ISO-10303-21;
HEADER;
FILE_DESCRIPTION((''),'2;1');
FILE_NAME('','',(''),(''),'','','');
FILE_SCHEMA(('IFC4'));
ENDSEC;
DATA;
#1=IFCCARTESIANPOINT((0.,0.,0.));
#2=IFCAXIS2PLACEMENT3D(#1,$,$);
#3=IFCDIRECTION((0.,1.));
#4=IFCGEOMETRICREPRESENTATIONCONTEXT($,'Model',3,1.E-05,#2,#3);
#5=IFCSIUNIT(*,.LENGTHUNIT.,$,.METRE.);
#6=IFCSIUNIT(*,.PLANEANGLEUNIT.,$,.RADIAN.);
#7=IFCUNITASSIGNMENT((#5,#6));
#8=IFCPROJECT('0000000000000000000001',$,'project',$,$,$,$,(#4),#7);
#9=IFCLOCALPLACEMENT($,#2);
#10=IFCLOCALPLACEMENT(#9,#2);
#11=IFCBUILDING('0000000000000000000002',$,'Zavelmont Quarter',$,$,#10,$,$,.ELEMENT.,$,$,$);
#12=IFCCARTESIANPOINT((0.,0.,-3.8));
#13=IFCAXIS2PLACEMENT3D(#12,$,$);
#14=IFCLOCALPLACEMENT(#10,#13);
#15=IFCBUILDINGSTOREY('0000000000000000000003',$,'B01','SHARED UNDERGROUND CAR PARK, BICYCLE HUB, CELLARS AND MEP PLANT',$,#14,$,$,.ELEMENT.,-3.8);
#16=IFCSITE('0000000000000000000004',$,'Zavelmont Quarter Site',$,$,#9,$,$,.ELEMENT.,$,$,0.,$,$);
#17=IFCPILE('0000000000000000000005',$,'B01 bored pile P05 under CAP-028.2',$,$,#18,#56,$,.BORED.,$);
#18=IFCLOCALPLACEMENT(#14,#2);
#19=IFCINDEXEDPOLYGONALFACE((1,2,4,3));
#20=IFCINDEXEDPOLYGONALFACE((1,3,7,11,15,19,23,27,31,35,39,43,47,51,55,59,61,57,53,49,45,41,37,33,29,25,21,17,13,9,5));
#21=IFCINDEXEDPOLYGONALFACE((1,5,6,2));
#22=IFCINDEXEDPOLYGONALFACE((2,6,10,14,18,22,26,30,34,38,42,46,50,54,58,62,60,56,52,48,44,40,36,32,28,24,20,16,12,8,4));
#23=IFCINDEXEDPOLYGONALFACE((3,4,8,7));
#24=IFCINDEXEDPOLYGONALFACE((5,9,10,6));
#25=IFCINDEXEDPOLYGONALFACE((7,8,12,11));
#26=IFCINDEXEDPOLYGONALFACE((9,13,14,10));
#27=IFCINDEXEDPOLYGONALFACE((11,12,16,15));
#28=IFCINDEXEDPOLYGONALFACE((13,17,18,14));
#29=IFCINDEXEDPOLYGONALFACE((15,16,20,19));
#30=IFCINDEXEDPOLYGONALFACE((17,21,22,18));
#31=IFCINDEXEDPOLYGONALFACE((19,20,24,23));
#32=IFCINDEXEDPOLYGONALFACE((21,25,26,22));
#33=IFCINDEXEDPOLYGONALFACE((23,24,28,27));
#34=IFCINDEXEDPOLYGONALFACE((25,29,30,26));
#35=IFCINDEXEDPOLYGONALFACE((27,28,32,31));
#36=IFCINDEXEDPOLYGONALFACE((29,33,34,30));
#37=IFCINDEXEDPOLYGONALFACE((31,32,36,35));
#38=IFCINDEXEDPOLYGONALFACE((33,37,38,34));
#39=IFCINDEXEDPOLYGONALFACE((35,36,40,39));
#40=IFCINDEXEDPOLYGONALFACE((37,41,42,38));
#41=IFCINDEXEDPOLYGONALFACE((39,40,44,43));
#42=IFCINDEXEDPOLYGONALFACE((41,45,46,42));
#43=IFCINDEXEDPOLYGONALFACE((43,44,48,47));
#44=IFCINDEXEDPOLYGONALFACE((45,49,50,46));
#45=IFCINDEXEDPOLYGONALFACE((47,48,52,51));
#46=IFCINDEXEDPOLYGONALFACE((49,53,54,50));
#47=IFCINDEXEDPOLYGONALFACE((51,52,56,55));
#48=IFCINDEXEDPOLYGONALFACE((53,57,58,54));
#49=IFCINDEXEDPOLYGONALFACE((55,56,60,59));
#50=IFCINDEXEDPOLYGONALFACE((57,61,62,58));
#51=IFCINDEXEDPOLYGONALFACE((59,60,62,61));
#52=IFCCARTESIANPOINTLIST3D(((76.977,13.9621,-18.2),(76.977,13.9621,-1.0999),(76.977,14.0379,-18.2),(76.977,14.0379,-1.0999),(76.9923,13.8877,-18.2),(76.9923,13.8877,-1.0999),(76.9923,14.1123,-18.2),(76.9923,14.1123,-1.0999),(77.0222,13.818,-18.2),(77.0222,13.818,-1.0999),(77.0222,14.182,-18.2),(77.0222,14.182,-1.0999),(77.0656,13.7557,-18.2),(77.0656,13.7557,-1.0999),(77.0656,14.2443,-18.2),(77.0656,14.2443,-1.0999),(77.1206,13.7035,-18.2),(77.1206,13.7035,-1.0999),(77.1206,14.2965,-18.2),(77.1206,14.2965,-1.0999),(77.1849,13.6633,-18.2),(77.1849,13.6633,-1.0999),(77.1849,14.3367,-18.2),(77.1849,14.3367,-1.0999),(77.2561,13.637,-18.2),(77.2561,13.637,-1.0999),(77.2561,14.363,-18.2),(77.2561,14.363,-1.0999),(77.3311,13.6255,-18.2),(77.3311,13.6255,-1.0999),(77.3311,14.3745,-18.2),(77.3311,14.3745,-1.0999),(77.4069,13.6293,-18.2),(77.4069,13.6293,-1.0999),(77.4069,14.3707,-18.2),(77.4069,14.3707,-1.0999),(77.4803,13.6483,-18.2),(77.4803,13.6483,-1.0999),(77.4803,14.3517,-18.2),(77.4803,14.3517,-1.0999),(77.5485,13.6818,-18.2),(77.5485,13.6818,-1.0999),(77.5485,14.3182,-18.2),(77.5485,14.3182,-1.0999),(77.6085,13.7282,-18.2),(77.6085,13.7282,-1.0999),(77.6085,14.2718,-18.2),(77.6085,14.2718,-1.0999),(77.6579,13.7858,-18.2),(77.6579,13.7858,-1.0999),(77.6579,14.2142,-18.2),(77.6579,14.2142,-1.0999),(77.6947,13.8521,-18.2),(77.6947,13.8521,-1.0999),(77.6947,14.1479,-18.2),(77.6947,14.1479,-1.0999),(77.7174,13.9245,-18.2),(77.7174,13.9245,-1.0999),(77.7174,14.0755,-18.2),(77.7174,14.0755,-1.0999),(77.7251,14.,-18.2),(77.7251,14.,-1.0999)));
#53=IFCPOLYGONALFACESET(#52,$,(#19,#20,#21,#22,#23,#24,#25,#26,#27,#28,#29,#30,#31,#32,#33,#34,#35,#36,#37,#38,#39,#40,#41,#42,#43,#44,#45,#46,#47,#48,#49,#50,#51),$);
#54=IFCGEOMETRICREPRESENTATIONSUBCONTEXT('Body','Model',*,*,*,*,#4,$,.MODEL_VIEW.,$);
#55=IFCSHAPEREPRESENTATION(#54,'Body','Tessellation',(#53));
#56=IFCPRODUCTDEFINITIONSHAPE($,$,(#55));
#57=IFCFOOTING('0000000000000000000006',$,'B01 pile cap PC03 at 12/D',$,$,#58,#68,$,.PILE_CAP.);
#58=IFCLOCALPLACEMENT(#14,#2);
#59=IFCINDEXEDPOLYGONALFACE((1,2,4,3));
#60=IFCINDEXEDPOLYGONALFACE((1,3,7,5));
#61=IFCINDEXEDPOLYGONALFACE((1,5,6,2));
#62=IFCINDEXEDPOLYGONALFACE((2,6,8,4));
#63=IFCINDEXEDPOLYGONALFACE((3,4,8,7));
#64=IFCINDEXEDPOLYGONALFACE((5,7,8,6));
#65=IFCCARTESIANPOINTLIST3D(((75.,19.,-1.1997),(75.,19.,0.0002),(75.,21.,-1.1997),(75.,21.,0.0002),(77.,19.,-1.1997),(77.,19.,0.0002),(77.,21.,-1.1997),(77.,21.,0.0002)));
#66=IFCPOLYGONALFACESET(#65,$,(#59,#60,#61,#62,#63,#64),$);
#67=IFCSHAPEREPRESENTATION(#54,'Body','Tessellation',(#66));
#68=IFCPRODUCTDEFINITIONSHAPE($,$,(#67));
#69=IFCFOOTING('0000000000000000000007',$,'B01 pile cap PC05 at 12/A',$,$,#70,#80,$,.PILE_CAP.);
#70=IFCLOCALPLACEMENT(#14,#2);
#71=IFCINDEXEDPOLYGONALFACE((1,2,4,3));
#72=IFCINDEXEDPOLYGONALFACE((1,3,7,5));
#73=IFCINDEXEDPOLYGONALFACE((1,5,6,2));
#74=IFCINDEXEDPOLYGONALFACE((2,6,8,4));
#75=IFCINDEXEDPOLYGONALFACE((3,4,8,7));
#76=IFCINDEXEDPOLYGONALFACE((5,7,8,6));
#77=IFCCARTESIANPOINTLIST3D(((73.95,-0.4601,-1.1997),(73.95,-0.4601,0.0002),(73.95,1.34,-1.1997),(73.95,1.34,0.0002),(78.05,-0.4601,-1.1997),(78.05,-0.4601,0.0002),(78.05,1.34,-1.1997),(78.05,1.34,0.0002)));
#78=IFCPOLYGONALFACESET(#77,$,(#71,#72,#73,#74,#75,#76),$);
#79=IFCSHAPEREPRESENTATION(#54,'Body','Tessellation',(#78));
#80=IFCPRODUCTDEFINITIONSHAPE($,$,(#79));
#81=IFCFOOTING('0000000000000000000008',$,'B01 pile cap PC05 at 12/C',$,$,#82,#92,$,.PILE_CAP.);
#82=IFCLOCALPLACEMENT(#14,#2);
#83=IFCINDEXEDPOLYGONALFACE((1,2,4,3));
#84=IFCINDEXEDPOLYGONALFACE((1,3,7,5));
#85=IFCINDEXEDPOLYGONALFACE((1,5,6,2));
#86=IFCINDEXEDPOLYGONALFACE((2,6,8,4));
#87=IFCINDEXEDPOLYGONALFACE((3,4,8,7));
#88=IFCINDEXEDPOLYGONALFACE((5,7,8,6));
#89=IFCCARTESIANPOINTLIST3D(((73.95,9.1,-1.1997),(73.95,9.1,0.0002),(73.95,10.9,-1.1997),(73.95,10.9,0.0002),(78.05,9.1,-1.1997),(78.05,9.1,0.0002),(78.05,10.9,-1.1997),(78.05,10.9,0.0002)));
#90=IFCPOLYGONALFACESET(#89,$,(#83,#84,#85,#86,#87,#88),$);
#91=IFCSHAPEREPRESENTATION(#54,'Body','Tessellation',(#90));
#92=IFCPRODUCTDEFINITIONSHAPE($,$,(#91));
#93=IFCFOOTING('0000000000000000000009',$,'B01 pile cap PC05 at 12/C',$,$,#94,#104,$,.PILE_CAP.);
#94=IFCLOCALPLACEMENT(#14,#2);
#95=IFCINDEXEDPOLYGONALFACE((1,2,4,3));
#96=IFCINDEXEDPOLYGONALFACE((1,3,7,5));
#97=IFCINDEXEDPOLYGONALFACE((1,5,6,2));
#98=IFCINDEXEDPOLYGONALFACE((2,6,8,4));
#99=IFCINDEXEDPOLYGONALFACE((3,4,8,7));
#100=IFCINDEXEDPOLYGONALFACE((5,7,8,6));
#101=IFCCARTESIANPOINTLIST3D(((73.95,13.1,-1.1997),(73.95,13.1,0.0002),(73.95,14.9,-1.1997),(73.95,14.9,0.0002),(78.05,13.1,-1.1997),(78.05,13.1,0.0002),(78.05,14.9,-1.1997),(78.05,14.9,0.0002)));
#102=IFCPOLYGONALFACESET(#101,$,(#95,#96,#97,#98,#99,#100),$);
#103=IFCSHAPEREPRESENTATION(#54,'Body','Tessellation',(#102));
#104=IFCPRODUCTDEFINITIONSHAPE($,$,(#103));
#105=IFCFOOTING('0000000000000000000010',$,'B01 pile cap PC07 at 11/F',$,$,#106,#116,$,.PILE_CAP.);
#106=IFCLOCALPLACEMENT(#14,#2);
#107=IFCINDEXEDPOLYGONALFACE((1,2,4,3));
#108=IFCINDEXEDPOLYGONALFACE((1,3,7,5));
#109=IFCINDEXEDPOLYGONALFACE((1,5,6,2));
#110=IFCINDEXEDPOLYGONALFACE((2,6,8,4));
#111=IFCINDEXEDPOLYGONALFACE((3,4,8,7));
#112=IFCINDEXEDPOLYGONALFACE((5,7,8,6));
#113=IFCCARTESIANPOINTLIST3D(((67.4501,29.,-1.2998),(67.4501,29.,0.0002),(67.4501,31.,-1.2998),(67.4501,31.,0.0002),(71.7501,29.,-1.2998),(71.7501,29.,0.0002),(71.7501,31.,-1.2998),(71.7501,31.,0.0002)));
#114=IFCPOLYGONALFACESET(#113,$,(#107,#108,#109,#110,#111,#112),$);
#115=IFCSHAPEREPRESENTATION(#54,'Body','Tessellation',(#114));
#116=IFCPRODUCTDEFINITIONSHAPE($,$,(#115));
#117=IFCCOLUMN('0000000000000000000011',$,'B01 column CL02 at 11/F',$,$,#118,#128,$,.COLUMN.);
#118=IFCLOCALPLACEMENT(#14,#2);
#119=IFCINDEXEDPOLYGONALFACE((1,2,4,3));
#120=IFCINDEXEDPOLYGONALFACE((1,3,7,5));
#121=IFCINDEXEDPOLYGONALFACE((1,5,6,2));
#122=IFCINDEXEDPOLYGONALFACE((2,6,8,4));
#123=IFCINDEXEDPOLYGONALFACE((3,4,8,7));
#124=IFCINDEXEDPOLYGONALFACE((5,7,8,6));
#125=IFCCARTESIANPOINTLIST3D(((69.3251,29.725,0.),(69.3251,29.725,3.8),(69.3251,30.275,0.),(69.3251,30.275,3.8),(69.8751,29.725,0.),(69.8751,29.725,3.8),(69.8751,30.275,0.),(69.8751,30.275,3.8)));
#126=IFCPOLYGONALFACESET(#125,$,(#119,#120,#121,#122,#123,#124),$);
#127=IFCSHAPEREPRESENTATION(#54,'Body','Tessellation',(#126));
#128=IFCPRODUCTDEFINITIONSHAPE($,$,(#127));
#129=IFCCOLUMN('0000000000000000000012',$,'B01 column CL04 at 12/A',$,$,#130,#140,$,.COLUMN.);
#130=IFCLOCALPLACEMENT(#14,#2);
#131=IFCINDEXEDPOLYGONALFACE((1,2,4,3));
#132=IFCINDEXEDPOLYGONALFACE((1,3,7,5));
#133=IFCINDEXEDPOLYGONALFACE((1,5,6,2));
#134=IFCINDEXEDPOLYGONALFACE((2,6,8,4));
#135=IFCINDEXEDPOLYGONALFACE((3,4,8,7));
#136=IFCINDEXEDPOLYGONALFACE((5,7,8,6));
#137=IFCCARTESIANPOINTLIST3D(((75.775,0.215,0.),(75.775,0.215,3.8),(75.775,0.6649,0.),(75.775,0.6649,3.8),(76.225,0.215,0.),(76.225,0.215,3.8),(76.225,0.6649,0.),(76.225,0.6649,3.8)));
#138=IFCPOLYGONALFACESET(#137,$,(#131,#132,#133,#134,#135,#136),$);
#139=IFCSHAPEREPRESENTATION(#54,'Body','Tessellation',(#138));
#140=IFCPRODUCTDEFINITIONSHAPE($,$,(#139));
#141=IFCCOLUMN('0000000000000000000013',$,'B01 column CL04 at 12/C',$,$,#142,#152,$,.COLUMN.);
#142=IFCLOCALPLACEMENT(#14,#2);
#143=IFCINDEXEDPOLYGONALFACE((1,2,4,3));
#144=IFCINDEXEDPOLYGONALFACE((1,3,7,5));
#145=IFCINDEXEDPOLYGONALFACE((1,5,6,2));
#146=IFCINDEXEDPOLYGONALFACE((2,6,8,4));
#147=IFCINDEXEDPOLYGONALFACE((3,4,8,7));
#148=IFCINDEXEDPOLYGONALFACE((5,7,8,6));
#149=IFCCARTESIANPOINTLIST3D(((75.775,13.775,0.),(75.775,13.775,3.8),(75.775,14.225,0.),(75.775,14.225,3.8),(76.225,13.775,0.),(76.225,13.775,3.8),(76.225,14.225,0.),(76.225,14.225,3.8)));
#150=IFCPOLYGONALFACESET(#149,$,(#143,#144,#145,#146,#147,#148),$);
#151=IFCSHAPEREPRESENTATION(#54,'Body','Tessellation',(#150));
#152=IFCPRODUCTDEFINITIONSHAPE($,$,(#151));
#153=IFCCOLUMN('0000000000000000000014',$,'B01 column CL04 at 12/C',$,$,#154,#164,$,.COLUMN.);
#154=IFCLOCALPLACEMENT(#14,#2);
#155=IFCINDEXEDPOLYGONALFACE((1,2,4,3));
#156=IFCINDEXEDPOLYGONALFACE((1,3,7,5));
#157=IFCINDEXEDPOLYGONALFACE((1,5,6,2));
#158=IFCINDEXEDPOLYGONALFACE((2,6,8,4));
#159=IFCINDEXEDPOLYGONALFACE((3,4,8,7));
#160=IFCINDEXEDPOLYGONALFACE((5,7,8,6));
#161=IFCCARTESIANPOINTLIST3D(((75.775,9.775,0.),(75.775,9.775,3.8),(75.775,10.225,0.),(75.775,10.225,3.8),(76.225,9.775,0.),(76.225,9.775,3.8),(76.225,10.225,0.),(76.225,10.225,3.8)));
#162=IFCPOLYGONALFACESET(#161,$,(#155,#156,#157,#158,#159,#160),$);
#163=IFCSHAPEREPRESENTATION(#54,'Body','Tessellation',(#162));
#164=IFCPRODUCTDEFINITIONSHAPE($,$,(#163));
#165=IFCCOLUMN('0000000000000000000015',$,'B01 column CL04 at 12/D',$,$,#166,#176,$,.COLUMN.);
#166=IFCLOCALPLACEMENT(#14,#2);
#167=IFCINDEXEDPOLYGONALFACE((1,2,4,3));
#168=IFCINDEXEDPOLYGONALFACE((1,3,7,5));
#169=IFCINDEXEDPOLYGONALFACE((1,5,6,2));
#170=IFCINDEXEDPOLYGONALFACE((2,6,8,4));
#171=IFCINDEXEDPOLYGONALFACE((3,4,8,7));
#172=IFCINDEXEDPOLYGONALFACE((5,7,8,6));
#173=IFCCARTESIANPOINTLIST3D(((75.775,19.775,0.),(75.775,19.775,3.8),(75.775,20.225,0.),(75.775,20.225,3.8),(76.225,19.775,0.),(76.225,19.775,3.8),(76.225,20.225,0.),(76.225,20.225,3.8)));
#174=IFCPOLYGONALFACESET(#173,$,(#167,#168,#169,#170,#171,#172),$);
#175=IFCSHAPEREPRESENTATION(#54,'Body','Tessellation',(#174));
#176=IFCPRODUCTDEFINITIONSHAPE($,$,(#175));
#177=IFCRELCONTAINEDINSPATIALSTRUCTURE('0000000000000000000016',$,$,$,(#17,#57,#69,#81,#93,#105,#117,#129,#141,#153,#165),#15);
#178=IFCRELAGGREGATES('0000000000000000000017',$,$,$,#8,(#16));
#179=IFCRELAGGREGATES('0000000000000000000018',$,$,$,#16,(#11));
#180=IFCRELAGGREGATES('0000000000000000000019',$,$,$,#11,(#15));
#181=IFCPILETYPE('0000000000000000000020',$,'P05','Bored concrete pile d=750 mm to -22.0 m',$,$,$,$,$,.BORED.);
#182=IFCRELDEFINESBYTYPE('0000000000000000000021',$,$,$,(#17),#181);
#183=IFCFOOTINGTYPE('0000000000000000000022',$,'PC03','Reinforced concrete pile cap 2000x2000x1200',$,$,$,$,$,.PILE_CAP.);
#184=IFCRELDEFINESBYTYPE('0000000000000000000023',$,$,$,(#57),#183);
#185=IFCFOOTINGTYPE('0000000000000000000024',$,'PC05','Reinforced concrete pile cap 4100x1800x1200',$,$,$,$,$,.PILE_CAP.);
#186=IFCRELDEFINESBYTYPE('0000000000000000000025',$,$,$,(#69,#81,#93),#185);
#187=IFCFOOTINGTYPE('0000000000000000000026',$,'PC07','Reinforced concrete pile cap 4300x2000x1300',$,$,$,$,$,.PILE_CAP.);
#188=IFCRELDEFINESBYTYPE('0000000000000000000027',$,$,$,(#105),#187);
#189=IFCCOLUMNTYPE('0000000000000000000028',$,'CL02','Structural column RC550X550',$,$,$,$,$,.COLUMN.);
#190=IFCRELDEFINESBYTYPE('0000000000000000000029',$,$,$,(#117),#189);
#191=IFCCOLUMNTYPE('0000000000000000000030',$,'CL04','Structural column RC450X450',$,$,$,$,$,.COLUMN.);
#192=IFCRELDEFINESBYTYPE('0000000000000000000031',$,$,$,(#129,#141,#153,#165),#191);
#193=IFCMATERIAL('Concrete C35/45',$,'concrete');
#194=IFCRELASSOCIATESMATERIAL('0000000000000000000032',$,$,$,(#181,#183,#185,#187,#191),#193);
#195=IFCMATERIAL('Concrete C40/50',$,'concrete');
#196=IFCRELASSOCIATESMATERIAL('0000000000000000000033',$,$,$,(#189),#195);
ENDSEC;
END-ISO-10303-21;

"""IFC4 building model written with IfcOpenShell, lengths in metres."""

from ifc_helpers import new_model, si_unit, direction, frame, origin, origin_2d, place, context, subcontext, project, spatial, rectangle, circle, extrude, material, material_profile, profile_set, type_object, element, save


model = new_model("IFC4")

# Units and contexts
model_context = context("Model", 3, precision=1e-05, world=origin(), true_north=direction((0.0, 1.0)))
body_context = subcontext(model_context, "Body", "Model", "MODEL_VIEW")
ifc_project = project(units=[si_unit("LENGTHUNIT", "METRE"), si_unit("PLANEANGLEUNIT", "RADIAN")], contexts=[model_context])

# Site, building, storey
site_placement = place(None, origin())
site = spatial("IfcSite", under=ifc_project, at=site_placement, Name="Zavelmont Quarter Site", CompositionType="ELEMENT", RefElevation=0.0)
building_placement = place(site_placement, origin())
building = spatial("IfcBuilding", under=site, at=building_placement, Name="Zavelmont Quarter", CompositionType="ELEMENT")
storey_placement = place(building_placement, frame((0.0, 0.0, -3.8)))
storey = spatial("IfcBuildingStorey", under=building, at=storey_placement, Name="B01", Description="SHARED UNDERGROUND CAR PARK, BICYCLE HUB, CELLARS AND MEP PLANT", CompositionType="ELEMENT", Elevation=-3.8)

# Shared definitions
ifc_material_1 = material(Name="Concrete C35/45", Category="concrete")

# Pile
ifc_material_profile_1 = material_profile(ifc_material_1, circle(Radius=0.375, at=origin_2d()), Name="BP750")
ifc_profile_set_1 = profile_set([ifc_material_profile_1], Name="Concrete C35/45")
pile_type_1 = type_object("IfcPileType", Name="P05", Description="Bored concrete pile d=750 mm to -22.0 m", PredefinedType="BORED", material=ifc_profile_set_1)
for number, where, z_axis, x_axis, name in (
    (1, (77.3501, 14.0, -1.0999), (0.0, 0.0, -1.0), (1.0, 0.0, 0.0), "B01 bored pile P05 under CAP-028.2"),
):
    element("IfcPile", number, at=place(storey_placement, frame(where, z_axis=z_axis, x_axis=x_axis)), inside=storey, type_object=pile_type_1, Name=name, PredefinedType="BORED", context=body_context, shape_type="SweptSolid", body=[
        extrude(circle(Radius=0.375, at=origin_2d()), origin(), (0.0, 0.0, 1.0), 17.1001),
    ])

# Footings
footing_type_1 = type_object("IfcFootingType", Name="PC03", Description="Reinforced concrete pile cap 2000x2000x1200", PredefinedType="PILE_CAP", material=ifc_material_1)
footing_1_placement = place(storey_placement, frame((76.0, 20.0, -1.1997), z_axis=(0.0, 0.0, 1.0), x_axis=(1.0, 0.0, 0.0)))
element("IfcFooting", 2, at=footing_1_placement, inside=storey, type_object=footing_type_1, Name="B01 pile cap PC03 at 12/D", PredefinedType="PILE_CAP", context=body_context, shape_type="SweptSolid", body=[
    extrude(rectangle(XDim=2.0, YDim=2.0, at=origin_2d()), origin(), (0.0, 0.0, 1.0), 1.2),
])
footing_type_2 = type_object("IfcFootingType", Name="PC05", Description="Reinforced concrete pile cap 4100x1800x1200", PredefinedType="PILE_CAP", material=ifc_material_1)
for number, where, z_axis, x_axis, name in (
    (3, (76.0, 0.4399, -1.1997), (0.0, 0.0, 1.0), (1.0, 0.0, 0.0), "B01 pile cap PC05 at 12/A"),
    (4, (76.0, 10.0, -1.1997), (0.0, 0.0, 1.0), (1.0, 0.0, 0.0), "B01 pile cap PC05 at 12/C"),
    (5, (76.0, 14.0, -1.1997), (0.0, 0.0, 1.0), (1.0, 0.0, 0.0), "B01 pile cap PC05 at 12/C"),
):
    element("IfcFooting", number, at=place(storey_placement, frame(where, z_axis=z_axis, x_axis=x_axis)), inside=storey, type_object=footing_type_2, Name=name, PredefinedType="PILE_CAP", context=body_context, shape_type="SweptSolid", body=[
        extrude(rectangle(XDim=4.1001, YDim=1.8, at=origin_2d()), origin(), (0.0, 0.0, 1.0), 1.2),
    ])
footing_type_3 = type_object("IfcFootingType", Name="PC07", Description="Reinforced concrete pile cap 4300x2000x1300", PredefinedType="PILE_CAP", material=ifc_material_1)
footing_2_placement = place(storey_placement, frame((69.6001, 30.0, -1.2998), z_axis=(0.0, 0.0, 1.0), x_axis=(1.0, 0.0, 0.0)))
element("IfcFooting", 6, at=footing_2_placement, inside=storey, type_object=footing_type_3, Name="B01 pile cap PC07 at 11/F", PredefinedType="PILE_CAP", context=body_context, shape_type="SweptSolid", body=[
    extrude(rectangle(XDim=4.3, YDim=2.0, at=origin_2d()), origin(), (0.0, 0.0, 1.0), 1.3),
])

# Columns
ifc_material_2 = material(Name="Concrete C40/50", Category="concrete")
ifc_material_profile_2 = material_profile(ifc_material_2, rectangle(XDim=0.55, YDim=0.55, at=origin_2d()), Name="RC550X550")
ifc_profile_set_2 = profile_set([ifc_material_profile_2], Name="Concrete C40/50")
column_type_1 = type_object("IfcColumnType", Name="CL02", Description="Structural column RC550X550", PredefinedType="COLUMN", material=ifc_profile_set_2)
column_placement = place(storey_placement, frame((69.6001, 30.0, 0.0), z_axis=(0.0, 0.0, 1.0), x_axis=(1.0, 0.0, 0.0)))
element("IfcColumn", 7, at=column_placement, inside=storey, type_object=column_type_1, Name="B01 column CL02 at 11/F", PredefinedType="COLUMN", context=body_context, shape_type="SweptSolid", body=[
    extrude(rectangle(XDim=0.55, YDim=0.55, at=origin_2d()), origin(), (0.0, 0.0, 1.0), 3.8),
])
ifc_material_profile_3 = material_profile(ifc_material_1, rectangle(XDim=0.45, YDim=0.45, at=origin_2d()), Name="RC450X450")
ifc_profile_set_3 = profile_set([ifc_material_profile_3], Name="Concrete C35/45")
column_type_2 = type_object("IfcColumnType", Name="CL04", Description="Structural column RC450X450", PredefinedType="COLUMN", material=ifc_profile_set_3)
for number, where, z_axis, x_axis, name in (
    (8, (76.0, 0.4399, 0.0), (0.0, 0.0, 1.0), (1.0, 0.0, 0.0), "B01 column CL04 at 12/A"),
    (9, (76.0, 14.0, 0.0), (0.0, 0.0, 1.0), (1.0, 0.0, 0.0), "B01 column CL04 at 12/C"),
    (10, (76.0, 10.0, 0.0), (0.0, 0.0, 1.0), (1.0, 0.0, 0.0), "B01 column CL04 at 12/C"),
    (11, (76.0, 20.0, 0.0), (0.0, 0.0, 1.0), (1.0, 0.0, 0.0), "B01 column CL04 at 12/D"),
):
    element("IfcColumn", number, at=place(storey_placement, frame(where, z_axis=z_axis, x_axis=x_axis)), inside=storey, type_object=column_type_2, Name=name, PredefinedType="COLUMN", context=body_context, shape_type="SweptSolid", body=[
        extrude(rectangle(XDim=0.45, YDim=0.45, at=origin_2d()), origin(), (0.0, 0.0, 1.0), 3.8),
    ])

save(model, "model.ifc")
